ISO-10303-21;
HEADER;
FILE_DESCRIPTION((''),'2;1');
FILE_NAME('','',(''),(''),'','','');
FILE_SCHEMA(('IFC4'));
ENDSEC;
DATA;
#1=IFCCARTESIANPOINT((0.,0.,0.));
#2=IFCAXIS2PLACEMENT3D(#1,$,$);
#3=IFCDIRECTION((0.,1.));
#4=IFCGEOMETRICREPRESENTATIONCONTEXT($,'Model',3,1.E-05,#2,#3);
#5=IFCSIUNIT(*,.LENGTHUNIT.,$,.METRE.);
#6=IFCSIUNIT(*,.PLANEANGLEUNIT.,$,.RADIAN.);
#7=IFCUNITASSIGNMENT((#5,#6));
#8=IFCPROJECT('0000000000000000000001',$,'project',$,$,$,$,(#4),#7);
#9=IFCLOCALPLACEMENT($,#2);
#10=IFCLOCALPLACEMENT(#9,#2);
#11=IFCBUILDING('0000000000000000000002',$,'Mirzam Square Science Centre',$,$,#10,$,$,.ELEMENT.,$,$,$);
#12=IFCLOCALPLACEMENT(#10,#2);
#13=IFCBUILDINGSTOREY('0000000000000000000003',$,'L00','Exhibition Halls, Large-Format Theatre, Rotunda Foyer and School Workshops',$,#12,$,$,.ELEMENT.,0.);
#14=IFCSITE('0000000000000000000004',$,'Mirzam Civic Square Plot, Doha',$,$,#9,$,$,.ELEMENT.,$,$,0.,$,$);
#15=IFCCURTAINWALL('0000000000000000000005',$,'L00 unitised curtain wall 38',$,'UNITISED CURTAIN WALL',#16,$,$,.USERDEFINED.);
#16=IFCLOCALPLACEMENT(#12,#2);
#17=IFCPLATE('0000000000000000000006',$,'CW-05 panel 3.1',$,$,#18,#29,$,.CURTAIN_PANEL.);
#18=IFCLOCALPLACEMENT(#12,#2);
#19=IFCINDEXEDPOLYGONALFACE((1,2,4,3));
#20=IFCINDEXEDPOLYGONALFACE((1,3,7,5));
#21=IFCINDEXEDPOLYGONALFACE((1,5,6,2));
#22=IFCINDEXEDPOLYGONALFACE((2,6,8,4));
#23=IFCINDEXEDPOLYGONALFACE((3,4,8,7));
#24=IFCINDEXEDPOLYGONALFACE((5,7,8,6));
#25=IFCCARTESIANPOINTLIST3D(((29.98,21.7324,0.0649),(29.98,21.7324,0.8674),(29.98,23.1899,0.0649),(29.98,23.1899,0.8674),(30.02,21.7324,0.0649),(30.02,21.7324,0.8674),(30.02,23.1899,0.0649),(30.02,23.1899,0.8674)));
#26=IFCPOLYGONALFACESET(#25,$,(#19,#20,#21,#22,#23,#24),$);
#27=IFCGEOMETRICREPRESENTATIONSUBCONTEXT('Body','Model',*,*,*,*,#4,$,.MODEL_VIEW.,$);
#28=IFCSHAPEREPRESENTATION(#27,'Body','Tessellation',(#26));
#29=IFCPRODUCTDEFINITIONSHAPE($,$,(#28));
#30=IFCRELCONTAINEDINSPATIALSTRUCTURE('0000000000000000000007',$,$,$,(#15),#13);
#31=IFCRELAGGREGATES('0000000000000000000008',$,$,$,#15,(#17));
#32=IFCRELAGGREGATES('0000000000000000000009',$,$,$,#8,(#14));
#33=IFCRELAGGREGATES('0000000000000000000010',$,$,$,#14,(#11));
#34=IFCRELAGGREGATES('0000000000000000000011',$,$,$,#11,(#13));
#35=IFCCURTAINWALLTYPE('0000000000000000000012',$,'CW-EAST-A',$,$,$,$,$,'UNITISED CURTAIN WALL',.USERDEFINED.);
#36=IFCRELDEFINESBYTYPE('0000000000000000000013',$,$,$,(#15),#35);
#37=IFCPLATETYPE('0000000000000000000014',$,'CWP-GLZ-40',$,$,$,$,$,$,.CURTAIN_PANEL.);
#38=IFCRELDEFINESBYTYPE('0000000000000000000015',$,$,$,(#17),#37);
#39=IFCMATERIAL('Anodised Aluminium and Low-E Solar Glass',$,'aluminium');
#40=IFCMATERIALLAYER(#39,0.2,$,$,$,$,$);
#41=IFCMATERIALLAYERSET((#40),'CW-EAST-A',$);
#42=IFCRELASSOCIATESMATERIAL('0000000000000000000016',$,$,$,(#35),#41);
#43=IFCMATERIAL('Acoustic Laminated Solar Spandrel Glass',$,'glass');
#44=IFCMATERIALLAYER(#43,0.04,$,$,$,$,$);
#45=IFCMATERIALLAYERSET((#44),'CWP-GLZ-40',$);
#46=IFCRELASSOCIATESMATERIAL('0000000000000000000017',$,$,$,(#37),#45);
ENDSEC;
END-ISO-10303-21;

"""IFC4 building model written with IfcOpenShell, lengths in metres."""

from ifc_helpers import new_model, si_unit, direction, frame, origin, origin_2d, place, context, subcontext, project, spatial, rectangle, extrude, material, layer, layer_set, type_object, element, aggregate, save


model = new_model("IFC4")

# Units and contexts
model_context = context("Model", 3, precision=1e-05, world=origin(), true_north=direction((0.0, 1.0)))
body_context = subcontext(model_context, "Body", "Model", "MODEL_VIEW")
ifc_project = project(units=[si_unit("LENGTHUNIT", "METRE"), si_unit("PLANEANGLEUNIT", "RADIAN")], contexts=[model_context])

# Site, building, storey
site_placement = place(None, origin())
site = spatial("IfcSite", under=ifc_project, at=site_placement, Name="Mirzam Civic Square Plot, Doha", CompositionType="ELEMENT", RefElevation=0.0)
building_placement = place(site_placement, origin())
building = spatial("IfcBuilding", under=site, at=building_placement, Name="Mirzam Square Science Centre", CompositionType="ELEMENT")
storey_placement = place(building_placement, origin())
storey = spatial("IfcBuildingStorey", under=building, at=storey_placement, Name="L00", Description="Exhibition Halls, Large-Format Theatre, Rotunda Foyer and School Workshops", CompositionType="ELEMENT", Elevation=0.0)

# Curtain wall
ifc_material_1 = material(Name="Anodised Aluminium and Low-E Solar Glass", Category="aluminium")
ifc_layer_1 = layer(ifc_material_1, 0.2)
ifc_layer_set_1 = layer_set([ifc_layer_1], Name="CW-EAST-A")
curtain_wall_type = type_object("IfcCurtainWallType", Name="CW-EAST-A", ElementType="UNITISED CURTAIN WALL", PredefinedType="USERDEFINED", material=ifc_layer_set_1)
curtain_wall_placement = place(storey_placement, origin())
curtain_wall = element("IfcCurtainWall", 1, at=curtain_wall_placement, inside=storey, type_object=curtain_wall_type, Name="L00 unitised curtain wall 38", ObjectType="UNITISED CURTAIN WALL", PredefinedType="USERDEFINED")

# Plate
ifc_material_2 = material(Name="Acoustic Laminated Solar Spandrel Glass", Category="glass")
ifc_layer_2 = layer(ifc_material_2, 0.04)
ifc_layer_set_2 = layer_set([ifc_layer_2], Name="CWP-GLZ-40")
plate_type = type_object("IfcPlateType", Name="CWP-GLZ-40", PredefinedType="CURTAIN_PANEL", material=ifc_layer_set_2)
plate_1_placement = place(storey_placement, frame((30.0, 22.4612, 0.0649), z_axis=(0.0, 0.0, 1.0), x_axis=(0.0, 1.0, 0.0)))
plate_1 = element("IfcPlate", 2, at=plate_1_placement, type_object=plate_type, Name="CW-05 panel 3.1", PredefinedType="CURTAIN_PANEL", context=body_context, shape_type="SweptSolid", body=[
    extrude(rectangle(XDim=1.4575, YDim=0.04, at=origin_2d()), origin(), (0.0, 0.0, 1.0), 0.8025),
])
aggregate(curtain_wall, [plate_1])

save(model, "model.ifc")
